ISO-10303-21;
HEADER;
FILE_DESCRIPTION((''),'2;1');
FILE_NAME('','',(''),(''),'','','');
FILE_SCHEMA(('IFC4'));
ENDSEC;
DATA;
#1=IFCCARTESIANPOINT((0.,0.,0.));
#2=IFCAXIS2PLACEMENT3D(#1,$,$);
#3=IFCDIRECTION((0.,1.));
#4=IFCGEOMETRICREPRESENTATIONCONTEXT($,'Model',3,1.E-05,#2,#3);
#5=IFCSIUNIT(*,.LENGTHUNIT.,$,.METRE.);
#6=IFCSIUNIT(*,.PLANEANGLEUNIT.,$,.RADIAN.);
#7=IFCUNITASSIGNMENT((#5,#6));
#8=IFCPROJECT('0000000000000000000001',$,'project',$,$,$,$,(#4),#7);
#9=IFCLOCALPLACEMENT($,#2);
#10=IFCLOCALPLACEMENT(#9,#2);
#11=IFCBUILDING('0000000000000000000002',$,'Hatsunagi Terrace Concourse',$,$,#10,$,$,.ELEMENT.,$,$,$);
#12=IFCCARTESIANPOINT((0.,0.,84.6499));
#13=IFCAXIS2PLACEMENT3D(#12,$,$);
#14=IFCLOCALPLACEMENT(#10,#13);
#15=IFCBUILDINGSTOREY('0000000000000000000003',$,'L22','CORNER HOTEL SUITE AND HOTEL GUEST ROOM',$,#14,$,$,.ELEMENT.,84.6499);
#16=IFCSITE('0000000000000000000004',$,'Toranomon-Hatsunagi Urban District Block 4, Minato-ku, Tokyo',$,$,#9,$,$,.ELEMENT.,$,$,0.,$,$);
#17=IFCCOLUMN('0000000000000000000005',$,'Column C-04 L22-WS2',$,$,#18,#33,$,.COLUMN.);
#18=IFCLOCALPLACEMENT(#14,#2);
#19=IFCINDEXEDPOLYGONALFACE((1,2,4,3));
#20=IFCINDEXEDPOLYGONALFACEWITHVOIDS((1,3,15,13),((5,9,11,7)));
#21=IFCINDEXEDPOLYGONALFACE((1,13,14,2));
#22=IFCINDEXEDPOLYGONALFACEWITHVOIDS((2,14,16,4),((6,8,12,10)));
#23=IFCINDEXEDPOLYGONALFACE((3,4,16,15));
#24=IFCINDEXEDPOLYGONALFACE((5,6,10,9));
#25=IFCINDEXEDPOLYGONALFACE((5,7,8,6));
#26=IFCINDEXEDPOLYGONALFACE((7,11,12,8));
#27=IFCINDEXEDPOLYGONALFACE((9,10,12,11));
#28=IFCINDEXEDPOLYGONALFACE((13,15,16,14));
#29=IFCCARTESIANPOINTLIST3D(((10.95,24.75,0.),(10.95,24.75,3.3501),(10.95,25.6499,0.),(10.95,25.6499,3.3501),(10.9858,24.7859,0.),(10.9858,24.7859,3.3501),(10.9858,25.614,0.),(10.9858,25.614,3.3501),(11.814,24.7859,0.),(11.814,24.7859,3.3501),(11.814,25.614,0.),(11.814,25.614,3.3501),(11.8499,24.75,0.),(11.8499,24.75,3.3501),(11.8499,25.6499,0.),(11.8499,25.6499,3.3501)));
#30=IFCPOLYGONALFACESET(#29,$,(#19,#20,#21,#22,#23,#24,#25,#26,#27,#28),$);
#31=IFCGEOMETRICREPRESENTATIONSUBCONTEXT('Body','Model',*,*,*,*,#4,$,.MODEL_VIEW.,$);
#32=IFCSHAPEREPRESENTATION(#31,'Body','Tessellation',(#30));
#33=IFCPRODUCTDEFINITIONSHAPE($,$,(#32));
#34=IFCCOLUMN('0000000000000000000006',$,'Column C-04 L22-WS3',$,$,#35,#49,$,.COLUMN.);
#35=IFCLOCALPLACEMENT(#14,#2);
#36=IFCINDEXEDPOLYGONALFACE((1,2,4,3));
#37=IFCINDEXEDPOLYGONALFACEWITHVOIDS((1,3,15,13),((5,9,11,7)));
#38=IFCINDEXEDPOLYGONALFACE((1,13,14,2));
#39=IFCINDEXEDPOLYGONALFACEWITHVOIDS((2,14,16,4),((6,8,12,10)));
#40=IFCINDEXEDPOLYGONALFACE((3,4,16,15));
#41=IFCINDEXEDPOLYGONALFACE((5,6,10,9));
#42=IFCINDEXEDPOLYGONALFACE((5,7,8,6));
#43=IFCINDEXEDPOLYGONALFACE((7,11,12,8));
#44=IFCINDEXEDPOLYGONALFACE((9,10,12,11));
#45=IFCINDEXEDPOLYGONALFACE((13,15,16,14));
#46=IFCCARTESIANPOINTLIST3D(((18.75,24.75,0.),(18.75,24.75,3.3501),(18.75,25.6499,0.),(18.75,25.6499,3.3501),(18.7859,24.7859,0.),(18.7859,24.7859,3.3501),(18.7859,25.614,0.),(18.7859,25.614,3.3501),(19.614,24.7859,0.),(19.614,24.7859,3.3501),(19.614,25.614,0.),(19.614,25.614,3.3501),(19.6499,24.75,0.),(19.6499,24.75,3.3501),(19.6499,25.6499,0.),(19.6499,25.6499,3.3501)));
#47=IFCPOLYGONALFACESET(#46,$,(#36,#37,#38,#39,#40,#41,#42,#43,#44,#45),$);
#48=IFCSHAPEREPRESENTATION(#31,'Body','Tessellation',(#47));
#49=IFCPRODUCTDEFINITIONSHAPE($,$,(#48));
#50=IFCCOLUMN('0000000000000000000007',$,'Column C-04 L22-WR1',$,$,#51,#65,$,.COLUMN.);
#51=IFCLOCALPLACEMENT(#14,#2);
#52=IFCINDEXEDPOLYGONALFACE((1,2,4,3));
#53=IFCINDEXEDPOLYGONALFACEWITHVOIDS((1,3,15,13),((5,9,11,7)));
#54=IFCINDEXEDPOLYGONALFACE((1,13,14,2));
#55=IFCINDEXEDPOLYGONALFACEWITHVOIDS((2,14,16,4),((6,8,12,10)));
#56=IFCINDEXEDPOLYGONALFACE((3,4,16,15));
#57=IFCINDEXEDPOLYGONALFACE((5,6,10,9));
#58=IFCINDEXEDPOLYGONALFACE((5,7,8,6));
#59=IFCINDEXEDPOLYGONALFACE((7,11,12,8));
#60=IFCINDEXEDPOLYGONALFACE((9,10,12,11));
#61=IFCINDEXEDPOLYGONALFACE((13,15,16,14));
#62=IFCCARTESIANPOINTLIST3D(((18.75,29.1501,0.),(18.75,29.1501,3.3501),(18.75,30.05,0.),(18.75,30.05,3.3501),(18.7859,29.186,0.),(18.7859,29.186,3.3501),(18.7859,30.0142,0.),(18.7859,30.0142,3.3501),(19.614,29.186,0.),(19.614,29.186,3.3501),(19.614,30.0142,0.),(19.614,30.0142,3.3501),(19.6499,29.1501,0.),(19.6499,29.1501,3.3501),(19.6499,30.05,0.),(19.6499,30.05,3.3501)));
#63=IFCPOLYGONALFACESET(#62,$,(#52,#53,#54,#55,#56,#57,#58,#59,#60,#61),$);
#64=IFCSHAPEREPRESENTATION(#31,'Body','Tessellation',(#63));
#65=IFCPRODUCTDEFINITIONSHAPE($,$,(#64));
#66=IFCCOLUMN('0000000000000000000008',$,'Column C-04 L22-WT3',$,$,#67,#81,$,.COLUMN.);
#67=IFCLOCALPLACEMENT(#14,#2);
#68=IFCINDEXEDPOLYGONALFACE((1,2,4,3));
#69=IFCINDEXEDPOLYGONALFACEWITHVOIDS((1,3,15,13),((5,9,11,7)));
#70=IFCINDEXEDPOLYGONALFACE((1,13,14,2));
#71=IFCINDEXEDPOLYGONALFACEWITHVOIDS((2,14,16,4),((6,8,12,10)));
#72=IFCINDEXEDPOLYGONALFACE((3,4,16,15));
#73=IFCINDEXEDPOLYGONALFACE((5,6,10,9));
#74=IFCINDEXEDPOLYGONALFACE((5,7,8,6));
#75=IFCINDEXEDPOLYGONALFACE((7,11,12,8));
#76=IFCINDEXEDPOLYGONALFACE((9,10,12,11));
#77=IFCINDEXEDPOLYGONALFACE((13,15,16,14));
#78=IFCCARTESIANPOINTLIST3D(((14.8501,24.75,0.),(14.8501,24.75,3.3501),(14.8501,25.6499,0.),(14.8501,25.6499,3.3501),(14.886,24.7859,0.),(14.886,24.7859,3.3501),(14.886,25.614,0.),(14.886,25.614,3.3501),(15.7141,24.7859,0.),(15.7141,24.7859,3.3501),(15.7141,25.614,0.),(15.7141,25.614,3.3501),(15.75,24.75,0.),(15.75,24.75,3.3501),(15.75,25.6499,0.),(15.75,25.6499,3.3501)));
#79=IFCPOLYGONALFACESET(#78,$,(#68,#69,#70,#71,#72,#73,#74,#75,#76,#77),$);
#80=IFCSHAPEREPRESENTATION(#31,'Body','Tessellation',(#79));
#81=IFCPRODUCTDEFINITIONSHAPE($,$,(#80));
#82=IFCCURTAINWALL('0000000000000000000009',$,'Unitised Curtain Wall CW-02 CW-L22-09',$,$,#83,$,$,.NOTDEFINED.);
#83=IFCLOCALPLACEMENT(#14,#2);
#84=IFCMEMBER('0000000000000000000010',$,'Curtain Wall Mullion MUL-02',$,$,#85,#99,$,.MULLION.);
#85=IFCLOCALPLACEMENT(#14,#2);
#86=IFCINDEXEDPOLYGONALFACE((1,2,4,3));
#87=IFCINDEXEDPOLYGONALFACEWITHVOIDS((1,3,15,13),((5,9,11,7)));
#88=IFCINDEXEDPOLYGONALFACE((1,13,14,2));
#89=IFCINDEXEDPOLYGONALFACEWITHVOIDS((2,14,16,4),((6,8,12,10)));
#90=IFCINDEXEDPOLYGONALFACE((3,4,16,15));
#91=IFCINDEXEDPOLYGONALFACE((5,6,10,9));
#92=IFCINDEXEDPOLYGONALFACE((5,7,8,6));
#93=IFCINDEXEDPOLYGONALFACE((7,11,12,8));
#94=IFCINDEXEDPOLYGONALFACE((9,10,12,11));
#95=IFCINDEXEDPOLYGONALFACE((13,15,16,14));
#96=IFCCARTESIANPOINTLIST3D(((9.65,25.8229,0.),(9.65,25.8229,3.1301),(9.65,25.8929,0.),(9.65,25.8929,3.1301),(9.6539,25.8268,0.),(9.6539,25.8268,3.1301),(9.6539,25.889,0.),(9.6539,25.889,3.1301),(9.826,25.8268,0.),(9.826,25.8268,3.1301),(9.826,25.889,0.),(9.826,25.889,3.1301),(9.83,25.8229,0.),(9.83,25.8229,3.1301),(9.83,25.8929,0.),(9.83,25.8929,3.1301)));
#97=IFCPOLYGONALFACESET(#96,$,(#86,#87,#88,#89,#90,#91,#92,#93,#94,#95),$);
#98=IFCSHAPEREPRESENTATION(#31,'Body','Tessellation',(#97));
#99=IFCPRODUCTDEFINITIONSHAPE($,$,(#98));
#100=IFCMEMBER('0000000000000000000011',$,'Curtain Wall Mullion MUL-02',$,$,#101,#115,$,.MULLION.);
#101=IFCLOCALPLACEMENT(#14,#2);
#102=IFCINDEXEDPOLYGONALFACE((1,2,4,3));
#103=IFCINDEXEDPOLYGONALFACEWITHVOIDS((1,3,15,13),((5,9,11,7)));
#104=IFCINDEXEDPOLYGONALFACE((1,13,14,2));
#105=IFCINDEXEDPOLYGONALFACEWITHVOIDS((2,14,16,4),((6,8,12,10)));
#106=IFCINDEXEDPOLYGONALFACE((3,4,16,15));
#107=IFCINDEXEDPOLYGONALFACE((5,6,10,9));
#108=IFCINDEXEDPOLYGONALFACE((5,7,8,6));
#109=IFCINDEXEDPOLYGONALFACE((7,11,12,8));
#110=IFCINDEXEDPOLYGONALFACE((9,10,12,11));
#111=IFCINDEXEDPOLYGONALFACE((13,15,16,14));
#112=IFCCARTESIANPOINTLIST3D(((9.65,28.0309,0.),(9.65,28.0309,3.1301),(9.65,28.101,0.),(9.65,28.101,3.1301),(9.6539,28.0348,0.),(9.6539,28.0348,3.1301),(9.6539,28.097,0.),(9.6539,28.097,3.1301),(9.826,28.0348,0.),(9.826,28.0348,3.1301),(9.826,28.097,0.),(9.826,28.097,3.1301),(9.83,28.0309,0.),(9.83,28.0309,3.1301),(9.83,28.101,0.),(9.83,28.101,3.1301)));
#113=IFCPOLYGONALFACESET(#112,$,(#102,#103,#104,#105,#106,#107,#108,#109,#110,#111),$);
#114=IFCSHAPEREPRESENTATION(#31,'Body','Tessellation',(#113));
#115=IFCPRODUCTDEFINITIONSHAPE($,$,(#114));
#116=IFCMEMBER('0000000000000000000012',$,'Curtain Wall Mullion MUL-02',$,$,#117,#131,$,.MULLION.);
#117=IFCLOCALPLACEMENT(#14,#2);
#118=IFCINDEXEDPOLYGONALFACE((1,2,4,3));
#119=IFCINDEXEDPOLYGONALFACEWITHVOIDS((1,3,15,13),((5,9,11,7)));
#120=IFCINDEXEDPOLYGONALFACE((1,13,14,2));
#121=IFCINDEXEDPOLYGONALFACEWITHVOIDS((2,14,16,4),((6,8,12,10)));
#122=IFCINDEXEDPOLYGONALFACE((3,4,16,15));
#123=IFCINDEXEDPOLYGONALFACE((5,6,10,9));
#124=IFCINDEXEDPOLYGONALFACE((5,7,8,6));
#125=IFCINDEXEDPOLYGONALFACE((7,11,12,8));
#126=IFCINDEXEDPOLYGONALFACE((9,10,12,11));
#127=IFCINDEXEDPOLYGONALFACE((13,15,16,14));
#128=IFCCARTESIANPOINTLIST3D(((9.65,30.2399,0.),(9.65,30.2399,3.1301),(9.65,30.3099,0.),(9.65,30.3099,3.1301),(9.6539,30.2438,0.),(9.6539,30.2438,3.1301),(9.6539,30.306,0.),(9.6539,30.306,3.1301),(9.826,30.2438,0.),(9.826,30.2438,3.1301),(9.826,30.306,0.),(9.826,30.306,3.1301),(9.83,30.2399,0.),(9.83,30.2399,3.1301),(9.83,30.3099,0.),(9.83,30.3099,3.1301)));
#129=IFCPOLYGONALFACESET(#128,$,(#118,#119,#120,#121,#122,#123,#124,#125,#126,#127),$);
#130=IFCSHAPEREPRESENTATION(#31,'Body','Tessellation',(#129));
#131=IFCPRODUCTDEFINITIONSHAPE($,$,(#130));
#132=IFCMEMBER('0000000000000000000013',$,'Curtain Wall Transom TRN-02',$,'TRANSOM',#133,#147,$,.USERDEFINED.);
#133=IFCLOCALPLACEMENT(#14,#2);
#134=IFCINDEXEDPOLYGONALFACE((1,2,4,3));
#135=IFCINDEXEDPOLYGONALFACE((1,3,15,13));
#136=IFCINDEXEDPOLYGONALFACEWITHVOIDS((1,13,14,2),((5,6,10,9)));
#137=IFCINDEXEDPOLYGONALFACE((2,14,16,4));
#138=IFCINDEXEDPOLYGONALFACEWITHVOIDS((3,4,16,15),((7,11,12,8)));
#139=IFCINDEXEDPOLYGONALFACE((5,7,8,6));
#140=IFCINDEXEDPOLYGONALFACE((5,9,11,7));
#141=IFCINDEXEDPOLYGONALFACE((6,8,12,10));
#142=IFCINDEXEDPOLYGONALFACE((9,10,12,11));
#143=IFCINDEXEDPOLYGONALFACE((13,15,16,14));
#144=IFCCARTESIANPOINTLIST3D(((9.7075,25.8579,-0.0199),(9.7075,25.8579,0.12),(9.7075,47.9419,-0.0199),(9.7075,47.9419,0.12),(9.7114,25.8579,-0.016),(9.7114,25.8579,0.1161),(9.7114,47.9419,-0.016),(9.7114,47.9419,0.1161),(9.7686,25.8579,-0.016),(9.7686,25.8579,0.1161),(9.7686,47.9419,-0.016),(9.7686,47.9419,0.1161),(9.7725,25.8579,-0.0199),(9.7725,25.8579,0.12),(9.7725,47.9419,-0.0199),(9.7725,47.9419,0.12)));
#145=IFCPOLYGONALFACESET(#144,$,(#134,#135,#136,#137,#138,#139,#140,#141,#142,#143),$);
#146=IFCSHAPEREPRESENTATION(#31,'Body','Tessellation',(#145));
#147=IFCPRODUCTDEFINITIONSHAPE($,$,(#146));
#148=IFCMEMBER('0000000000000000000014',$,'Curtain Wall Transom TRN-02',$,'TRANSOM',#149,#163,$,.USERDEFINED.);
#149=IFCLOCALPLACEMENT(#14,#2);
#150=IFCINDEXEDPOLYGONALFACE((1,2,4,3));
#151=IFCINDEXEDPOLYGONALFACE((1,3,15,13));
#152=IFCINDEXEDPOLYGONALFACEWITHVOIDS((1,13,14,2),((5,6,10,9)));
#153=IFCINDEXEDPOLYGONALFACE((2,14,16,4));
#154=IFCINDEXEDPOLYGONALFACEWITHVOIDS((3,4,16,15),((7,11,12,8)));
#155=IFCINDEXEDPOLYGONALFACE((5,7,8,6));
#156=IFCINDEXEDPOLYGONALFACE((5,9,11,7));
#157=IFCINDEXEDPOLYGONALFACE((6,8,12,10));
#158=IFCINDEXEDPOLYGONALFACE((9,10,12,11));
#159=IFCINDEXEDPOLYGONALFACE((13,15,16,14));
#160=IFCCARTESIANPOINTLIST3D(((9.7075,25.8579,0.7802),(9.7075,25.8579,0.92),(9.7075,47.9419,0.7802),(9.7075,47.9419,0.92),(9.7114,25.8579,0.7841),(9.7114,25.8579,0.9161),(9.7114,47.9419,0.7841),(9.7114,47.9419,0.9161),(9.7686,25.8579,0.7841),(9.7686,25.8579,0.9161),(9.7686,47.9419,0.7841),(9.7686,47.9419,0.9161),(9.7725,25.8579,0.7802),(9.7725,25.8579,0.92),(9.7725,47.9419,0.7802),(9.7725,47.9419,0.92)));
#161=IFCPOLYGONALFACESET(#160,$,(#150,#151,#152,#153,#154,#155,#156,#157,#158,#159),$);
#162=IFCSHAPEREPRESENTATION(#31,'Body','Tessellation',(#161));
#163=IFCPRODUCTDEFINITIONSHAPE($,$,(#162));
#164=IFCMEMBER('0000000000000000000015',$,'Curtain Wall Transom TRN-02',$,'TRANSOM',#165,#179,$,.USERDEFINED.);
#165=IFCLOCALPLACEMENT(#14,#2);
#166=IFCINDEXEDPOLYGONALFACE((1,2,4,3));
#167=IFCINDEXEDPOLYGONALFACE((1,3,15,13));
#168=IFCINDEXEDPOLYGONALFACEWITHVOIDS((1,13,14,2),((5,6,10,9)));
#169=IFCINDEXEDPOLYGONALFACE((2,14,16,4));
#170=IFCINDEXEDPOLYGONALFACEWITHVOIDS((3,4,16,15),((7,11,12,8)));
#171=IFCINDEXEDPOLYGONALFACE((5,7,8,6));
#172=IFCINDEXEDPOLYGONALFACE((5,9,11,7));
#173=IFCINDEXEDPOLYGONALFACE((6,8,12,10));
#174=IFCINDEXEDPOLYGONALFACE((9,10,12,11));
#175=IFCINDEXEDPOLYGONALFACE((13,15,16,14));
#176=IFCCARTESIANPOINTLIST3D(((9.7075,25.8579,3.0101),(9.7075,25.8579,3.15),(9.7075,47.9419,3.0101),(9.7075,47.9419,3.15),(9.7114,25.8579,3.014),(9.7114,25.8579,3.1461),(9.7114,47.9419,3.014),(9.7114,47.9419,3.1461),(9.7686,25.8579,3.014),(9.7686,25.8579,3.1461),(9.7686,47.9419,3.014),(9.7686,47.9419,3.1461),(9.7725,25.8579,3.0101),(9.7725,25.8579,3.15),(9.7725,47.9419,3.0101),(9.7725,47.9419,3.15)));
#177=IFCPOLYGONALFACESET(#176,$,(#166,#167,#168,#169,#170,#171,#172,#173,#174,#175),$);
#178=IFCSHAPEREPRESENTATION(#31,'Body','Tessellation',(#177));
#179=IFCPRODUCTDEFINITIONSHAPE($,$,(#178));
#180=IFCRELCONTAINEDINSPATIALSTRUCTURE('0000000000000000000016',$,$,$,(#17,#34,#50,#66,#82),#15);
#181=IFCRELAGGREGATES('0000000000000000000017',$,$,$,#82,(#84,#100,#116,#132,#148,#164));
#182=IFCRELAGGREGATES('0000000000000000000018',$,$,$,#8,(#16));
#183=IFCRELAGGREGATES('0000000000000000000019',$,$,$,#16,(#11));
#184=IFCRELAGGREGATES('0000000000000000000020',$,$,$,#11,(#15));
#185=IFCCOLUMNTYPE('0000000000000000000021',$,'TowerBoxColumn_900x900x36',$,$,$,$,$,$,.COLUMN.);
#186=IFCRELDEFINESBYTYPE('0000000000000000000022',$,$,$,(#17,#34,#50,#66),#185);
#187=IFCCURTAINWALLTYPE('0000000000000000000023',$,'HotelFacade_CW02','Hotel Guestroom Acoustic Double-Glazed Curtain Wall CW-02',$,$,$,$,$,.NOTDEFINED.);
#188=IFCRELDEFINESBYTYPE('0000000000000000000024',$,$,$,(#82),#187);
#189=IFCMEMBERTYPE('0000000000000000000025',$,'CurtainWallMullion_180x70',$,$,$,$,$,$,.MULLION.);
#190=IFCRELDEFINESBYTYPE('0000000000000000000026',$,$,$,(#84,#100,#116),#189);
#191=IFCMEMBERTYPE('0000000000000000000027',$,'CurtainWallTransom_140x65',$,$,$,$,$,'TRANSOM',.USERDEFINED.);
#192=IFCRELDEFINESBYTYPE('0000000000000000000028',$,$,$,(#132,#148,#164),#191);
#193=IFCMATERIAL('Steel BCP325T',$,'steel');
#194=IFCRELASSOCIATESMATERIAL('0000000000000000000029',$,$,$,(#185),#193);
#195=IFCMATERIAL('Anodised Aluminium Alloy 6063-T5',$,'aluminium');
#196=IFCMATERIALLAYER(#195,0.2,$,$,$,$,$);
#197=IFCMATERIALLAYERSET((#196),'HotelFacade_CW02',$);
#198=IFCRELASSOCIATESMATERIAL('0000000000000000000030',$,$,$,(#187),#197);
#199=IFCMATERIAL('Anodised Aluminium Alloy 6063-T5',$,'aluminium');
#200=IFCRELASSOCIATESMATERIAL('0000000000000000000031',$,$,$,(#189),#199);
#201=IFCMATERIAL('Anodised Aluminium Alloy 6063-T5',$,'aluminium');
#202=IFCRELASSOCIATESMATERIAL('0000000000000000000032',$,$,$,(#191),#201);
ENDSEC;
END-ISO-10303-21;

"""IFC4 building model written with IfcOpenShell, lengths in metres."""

from ifc_helpers import new_model, si_unit, direction, frame, origin, origin_2d, place, context, subcontext, project, spatial, hollow_rectangle, extrude, material, layer, layer_set, material_profile, profile_set, type_object, element, aggregate, save


model = new_model("IFC4")

# Units and contexts
model_context = context("Model", 3, precision=1e-05, world=origin(), true_north=direction((0.0, 1.0)))
body_context = subcontext(model_context, "Body", "Model", "MODEL_VIEW")
ifc_project = project(units=[si_unit("LENGTHUNIT", "METRE"), si_unit("PLANEANGLEUNIT", "RADIAN")], contexts=[model_context])

# Site, building, storey
site_placement = place(None, origin())
site = spatial("IfcSite", under=ifc_project, at=site_placement, Name="Toranomon-Hatsunagi Urban District Block 4, Minato-ku, Tokyo", CompositionType="ELEMENT", RefElevation=0.0)
building_placement = place(site_placement, origin())
building = spatial("IfcBuilding", under=site, at=building_placement, Name="Hatsunagi Terrace Concourse", CompositionType="ELEMENT")
storey_placement = place(building_placement, frame((0.0, 0.0, 84.6499)))
storey = spatial("IfcBuildingStorey", under=building, at=storey_placement, Name="L22", Description="CORNER HOTEL SUITE AND HOTEL GUEST ROOM", CompositionType="ELEMENT", Elevation=84.6499)

# Columns
ifc_material_1 = material(Name="Steel BCP325T", Category="steel")
ifc_material_profile_1 = material_profile(ifc_material_1, hollow_rectangle(XDim=0.8999, YDim=0.8999, WallThickness=0.0359, at=origin_2d()), Name="BCP-900x900x36")
ifc_profile_set_1 = profile_set([ifc_material_profile_1], Name="Steel BCP325T")
column_type = type_object("IfcColumnType", Name="TowerBoxColumn_900x900x36", PredefinedType="COLUMN", material=ifc_profile_set_1)
for number, where, z_axis, x_axis, name in (
    (1, (11.3999, 25.2, 0.0), (0.0, 0.0, 1.0), (1.0, 0.0, 0.0), "Column C-04 L22-WS2"),
    (2, (19.2, 25.2, 0.0), (0.0, 0.0, 1.0), (1.0, 0.0, 0.0), "Column C-04 L22-WS3"),
    (3, (19.2, 29.6001, 0.0), (0.0, 0.0, 1.0), (1.0, 0.0, 0.0), "Column C-04 L22-WR1"),
    (4, (15.3, 25.2, 0.0), (0.0, 0.0, 1.0), (1.0, 0.0, 0.0), "Column C-04 L22-WT3"),
):
    element("IfcColumn", number, at=place(storey_placement, frame(where, z_axis=z_axis, x_axis=x_axis)), inside=storey, type_object=column_type, Name=name, PredefinedType="COLUMN", context=body_context, shape_type="SweptSolid", body=[
        extrude(hollow_rectangle(XDim=0.8999, YDim=0.8999, WallThickness=0.0359, at=origin_2d()), origin(), (0.0, 0.0, 1.0), 3.3501),
    ])

# Curtain wall, members
ifc_material_2 = material(Name="Anodised Aluminium Alloy 6063-T5", Category="aluminium")
ifc_layer_1 = layer(ifc_material_2, 0.2)
ifc_layer_set_1 = layer_set([ifc_layer_1], Name="HotelFacade_CW02")
curtain_wall_type = type_object("IfcCurtainWallType", Name="HotelFacade_CW02", Description="Hotel Guestroom Acoustic Double-Glazed Curtain Wall CW-02", PredefinedType="NOTDEFINED", material=ifc_layer_set_1)
curtain_wall_placement = place(storey_placement, origin())
curtain_wall = element("IfcCurtainWall", 5, at=curtain_wall_placement, inside=storey, type_object=curtain_wall_type, Name="Unitised Curtain Wall CW-02 CW-L22-09", PredefinedType="NOTDEFINED")
ifc_material_3 = material(Name="Anodised Aluminium Alloy 6063-T5", Category="aluminium")
ifc_material_profile_2 = material_profile(ifc_material_3, hollow_rectangle(XDim=0.0701, YDim=0.1799, WallThickness=0.0039, at=origin_2d()), Name="ALU-MUL-180x70x4")
ifc_profile_set_2 = profile_set([ifc_material_profile_2], Name="Anodised Aluminium Alloy 6063-T5")
member_type_1 = type_object("IfcMemberType", Name="CurtainWallMullion_180x70", PredefinedType="MULLION", material=ifc_profile_set_2)
member_1_placement = place(storey_placement, frame((9.74, 25.8579, 0.0), z_axis=(0.0, 0.0, 1.0), x_axis=(0.0, 1.0, 0.0)))
member_1 = element("IfcMember", 6, at=member_1_placement, type_object=member_type_1, Name="Curtain Wall Mullion MUL-02", PredefinedType="MULLION", context=body_context, shape_type="SweptSolid", body=[
    extrude(hollow_rectangle(XDim=0.0701, YDim=0.1799, WallThickness=0.0039, at=origin_2d()), origin(), (0.0, 0.0, 1.0), 3.1301),
])
member_2_placement = place(storey_placement, frame((9.74, 28.0659, 0.0), z_axis=(0.0, 0.0, 1.0), x_axis=(0.0, 1.0, 0.0)))
member_2 = element("IfcMember", 7, at=member_2_placement, type_object=member_type_1, Name="Curtain Wall Mullion MUL-02", PredefinedType="MULLION", context=body_context, shape_type="SweptSolid", body=[
    extrude(hollow_rectangle(XDim=0.0701, YDim=0.1799, WallThickness=0.0039, at=origin_2d()), origin(), (0.0, 0.0, 1.0), 3.1301),
])
member_3_placement = place(storey_placement, frame((9.74, 30.2749, 0.0), z_axis=(0.0, 0.0, 1.0), x_axis=(0.0, 1.0, 0.0)))
member_3 = element("IfcMember", 8, at=member_3_placement, type_object=member_type_1, Name="Curtain Wall Mullion MUL-02", PredefinedType="MULLION", context=body_context, shape_type="SweptSolid", body=[
    extrude(hollow_rectangle(XDim=0.0701, YDim=0.1799, WallThickness=0.0039, at=origin_2d()), origin(), (0.0, 0.0, 1.0), 3.1301),
])
ifc_material_4 = material(Name="Anodised Aluminium Alloy 6063-T5", Category="aluminium")
ifc_material_profile_3 = material_profile(ifc_material_4, hollow_rectangle(XDim=0.0649, YDim=0.1399, WallThickness=0.0039, at=origin_2d()), Name="ALU-TRN-140x65x4")
ifc_profile_set_3 = profile_set([ifc_material_profile_3], Name="Anodised Aluminium Alloy 6063-T5")
member_type_2 = type_object("IfcMemberType", Name="CurtainWallTransom_140x65", ElementType="TRANSOM", PredefinedType="USERDEFINED", material=ifc_profile_set_3)
member_4_placement = place(storey_placement, frame((9.74, 25.8579, 0.05), z_axis=(0.0, 1.0, 0.0), x_axis=(-1.0, 0.0, 0.0)))
member_4 = element("IfcMember", 9, at=member_4_placement, type_object=member_type_2, Name="Curtain Wall Transom TRN-02", ObjectType="TRANSOM", PredefinedType="USERDEFINED", context=body_context, shape_type="SweptSolid", body=[
    extrude(hollow_rectangle(XDim=0.0649, YDim=0.1399, WallThickness=0.0039, at=origin_2d()), origin(), (0.0, 0.0, 1.0), 22.084),
])
member_5_placement = place(storey_placement, frame((9.74, 25.8579, 0.8501), z_axis=(0.0, 1.0, 0.0), x_axis=(-1.0, 0.0, 0.0)))
member_5 = element("IfcMember", 10, at=member_5_placement, type_object=member_type_2, Name="Curtain Wall Transom TRN-02", ObjectType="TRANSOM", PredefinedType="USERDEFINED", context=body_context, shape_type="SweptSolid", body=[
    extrude(hollow_rectangle(XDim=0.0649, YDim=0.1399, WallThickness=0.0039, at=origin_2d()), origin(), (0.0, 0.0, 1.0), 22.084),
])
member_6_placement = place(storey_placement, frame((9.74, 25.8579, 3.0801), z_axis=(0.0, 1.0, 0.0), x_axis=(-1.0, 0.0, 0.0)))
member_6 = element("IfcMember", 11, at=member_6_placement, type_object=member_type_2, Name="Curtain Wall Transom TRN-02", ObjectType="TRANSOM", PredefinedType="USERDEFINED", context=body_context, shape_type="SweptSolid", body=[
    extrude(hollow_rectangle(XDim=0.0649, YDim=0.1399, WallThickness=0.0039, at=origin_2d()), origin(), (0.0, 0.0, 1.0), 22.084),
])

aggregate(curtain_wall, [member_1, member_2, member_3, member_4, member_5, member_6])

save(model, "model.ifc")
